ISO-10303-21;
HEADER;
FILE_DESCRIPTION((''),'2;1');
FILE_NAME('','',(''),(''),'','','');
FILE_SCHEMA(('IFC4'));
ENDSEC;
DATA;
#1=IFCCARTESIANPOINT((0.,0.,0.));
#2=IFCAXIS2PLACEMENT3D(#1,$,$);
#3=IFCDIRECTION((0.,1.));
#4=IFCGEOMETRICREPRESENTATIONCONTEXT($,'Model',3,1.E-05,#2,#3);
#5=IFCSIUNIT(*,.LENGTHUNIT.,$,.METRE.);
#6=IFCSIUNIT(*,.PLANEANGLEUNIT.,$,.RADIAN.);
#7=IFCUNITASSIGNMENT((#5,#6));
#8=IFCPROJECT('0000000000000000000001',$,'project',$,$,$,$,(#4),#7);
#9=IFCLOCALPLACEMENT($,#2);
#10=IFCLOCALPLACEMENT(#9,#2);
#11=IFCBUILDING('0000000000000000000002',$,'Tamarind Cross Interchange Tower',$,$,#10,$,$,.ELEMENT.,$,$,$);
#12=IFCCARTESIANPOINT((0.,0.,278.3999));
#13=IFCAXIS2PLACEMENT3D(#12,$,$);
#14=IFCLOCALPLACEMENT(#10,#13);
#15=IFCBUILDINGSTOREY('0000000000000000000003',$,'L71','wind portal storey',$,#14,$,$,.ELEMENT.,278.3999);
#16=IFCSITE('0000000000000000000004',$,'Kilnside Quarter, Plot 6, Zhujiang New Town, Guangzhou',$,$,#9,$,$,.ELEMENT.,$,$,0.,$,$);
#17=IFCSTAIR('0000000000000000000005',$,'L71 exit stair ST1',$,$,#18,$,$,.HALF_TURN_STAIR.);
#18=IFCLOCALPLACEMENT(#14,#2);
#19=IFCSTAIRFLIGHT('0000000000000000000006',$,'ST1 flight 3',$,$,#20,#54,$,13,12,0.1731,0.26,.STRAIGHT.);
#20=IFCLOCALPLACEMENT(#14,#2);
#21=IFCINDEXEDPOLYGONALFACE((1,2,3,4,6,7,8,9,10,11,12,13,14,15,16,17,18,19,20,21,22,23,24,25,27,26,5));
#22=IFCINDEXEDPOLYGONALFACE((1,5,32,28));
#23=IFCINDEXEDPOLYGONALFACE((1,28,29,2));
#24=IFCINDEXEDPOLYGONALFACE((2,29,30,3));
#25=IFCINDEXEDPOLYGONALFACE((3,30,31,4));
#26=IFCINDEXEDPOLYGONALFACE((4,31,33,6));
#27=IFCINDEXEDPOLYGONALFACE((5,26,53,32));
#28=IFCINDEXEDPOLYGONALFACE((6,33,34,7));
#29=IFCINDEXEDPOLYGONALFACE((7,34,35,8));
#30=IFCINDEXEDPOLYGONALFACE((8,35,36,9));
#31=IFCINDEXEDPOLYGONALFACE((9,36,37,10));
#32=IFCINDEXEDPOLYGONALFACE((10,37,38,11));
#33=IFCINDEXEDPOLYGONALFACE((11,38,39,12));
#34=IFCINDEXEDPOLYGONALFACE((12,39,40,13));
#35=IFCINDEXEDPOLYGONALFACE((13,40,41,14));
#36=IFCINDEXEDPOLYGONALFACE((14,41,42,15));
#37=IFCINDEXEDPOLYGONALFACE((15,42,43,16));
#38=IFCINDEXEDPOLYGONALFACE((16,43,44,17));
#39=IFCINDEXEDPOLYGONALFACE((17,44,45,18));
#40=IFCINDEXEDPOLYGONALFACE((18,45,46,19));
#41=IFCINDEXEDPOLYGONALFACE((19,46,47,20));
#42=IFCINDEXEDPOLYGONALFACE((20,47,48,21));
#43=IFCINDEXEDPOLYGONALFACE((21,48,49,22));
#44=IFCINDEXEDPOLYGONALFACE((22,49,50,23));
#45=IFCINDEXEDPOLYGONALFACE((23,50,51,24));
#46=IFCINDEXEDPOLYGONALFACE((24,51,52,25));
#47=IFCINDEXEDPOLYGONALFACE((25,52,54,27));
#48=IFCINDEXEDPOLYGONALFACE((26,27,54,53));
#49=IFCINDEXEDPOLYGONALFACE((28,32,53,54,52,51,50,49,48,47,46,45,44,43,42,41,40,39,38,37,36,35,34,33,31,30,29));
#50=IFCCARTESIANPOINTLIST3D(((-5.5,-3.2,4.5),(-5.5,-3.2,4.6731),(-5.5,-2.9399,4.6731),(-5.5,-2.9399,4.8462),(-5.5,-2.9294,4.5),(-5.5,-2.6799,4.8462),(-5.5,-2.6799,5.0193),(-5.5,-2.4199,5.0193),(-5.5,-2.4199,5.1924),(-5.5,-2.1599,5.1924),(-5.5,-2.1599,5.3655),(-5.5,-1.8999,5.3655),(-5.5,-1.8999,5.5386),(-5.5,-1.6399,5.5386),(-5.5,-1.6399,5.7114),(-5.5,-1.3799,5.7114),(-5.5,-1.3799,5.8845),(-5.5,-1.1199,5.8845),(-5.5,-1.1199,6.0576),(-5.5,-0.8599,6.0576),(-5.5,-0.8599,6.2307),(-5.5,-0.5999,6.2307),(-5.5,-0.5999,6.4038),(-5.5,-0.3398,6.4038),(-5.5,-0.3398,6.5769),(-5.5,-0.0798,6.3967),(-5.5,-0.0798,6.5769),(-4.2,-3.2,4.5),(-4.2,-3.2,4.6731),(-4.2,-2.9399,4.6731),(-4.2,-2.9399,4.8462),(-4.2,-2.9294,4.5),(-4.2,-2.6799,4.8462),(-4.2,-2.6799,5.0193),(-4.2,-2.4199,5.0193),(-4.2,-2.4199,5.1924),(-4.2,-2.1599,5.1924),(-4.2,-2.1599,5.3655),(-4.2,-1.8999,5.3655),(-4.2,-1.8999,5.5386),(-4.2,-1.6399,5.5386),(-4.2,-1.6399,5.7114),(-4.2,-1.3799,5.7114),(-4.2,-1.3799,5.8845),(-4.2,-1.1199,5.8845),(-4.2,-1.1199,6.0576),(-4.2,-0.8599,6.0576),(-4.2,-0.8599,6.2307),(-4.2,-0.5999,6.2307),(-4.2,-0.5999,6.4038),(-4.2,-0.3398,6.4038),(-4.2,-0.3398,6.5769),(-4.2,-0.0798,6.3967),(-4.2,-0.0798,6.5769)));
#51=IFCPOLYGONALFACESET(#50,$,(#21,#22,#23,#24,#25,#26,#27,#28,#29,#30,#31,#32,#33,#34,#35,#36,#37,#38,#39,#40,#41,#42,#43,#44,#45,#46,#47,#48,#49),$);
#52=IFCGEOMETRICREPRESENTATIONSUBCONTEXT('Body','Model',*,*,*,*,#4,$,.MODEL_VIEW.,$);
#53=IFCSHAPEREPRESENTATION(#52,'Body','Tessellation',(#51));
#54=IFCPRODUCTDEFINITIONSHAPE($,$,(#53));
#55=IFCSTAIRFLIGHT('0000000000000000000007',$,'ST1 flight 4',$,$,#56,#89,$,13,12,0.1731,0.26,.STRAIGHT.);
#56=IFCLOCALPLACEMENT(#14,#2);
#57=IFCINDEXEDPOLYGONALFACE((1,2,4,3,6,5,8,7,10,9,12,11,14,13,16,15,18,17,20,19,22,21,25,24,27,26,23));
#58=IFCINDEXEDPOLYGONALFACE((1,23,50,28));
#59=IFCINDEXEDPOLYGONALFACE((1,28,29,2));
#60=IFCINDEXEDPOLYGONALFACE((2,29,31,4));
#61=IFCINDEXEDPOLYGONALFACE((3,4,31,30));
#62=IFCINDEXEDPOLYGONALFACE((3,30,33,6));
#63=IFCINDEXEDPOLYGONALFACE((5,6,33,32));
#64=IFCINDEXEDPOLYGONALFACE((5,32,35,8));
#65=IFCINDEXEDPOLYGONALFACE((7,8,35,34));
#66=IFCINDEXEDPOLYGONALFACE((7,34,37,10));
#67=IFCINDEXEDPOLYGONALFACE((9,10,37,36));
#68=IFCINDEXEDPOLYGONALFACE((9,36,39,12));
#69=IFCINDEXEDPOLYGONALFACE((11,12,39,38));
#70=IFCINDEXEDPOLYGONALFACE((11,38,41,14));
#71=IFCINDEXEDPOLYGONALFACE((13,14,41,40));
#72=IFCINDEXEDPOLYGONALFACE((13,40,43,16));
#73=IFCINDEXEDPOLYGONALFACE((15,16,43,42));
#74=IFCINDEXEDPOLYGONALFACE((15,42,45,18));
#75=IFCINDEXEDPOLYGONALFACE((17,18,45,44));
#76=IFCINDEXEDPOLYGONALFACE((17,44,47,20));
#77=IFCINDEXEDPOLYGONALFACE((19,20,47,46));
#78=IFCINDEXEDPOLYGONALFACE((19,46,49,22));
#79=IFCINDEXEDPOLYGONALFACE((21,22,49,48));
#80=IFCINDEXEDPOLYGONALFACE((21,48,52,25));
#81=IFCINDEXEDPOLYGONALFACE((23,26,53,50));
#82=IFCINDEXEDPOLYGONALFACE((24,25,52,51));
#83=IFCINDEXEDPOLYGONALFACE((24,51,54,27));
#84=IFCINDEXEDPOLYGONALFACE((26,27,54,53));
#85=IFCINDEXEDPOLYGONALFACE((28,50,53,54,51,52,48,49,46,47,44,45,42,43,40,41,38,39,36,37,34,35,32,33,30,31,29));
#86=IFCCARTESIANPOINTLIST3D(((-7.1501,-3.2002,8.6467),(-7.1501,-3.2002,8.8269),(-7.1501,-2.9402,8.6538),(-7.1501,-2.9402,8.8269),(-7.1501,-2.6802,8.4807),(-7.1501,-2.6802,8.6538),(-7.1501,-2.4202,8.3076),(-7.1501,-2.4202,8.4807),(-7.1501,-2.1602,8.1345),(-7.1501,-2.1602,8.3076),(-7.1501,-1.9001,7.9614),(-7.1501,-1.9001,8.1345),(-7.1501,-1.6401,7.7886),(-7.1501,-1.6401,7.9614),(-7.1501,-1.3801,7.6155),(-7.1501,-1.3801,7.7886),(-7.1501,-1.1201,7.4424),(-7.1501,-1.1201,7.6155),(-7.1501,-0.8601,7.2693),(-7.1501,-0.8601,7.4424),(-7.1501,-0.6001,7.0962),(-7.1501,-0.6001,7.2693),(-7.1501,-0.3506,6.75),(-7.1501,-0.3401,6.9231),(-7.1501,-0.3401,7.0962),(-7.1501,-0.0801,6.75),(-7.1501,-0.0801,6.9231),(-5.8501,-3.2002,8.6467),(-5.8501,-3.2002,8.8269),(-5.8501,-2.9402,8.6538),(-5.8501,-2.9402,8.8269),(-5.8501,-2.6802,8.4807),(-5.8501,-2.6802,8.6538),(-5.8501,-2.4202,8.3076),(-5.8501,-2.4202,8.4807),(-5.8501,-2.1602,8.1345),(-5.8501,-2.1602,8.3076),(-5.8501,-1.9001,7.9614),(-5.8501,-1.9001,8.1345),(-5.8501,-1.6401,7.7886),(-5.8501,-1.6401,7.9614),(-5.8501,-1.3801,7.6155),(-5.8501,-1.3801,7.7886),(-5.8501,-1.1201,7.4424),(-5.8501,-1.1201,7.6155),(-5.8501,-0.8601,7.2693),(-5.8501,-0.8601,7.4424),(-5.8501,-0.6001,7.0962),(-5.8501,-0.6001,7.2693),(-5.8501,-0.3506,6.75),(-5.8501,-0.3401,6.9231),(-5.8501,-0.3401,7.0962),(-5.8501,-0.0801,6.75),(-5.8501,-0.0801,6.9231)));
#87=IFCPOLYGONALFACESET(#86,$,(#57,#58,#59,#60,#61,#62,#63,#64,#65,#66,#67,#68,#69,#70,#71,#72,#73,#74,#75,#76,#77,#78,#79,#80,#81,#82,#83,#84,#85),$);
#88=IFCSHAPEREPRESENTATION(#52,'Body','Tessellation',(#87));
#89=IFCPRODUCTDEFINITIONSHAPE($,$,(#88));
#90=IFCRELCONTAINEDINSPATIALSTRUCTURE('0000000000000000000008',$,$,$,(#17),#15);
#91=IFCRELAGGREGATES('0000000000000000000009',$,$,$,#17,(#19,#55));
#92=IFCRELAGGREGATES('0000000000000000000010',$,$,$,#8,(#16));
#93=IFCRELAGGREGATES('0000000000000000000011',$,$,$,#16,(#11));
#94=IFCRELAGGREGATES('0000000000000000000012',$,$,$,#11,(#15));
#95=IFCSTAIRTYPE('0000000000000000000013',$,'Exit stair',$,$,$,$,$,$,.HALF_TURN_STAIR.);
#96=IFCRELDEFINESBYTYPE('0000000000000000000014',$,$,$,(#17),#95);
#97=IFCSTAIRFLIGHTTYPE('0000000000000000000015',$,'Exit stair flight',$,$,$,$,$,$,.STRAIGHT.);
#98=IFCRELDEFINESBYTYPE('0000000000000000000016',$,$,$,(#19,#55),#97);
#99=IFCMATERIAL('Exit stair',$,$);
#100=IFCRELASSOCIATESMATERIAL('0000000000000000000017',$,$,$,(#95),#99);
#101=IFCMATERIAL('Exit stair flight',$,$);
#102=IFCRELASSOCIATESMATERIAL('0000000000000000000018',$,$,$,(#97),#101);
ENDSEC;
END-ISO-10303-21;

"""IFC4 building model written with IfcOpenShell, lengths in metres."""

from ifc_helpers import new_model, si_unit, direction, frame, origin, place, context, subcontext, project, spatial, polyline, outline, extrude, material, type_object, element, aggregate, save


model = new_model("IFC4")

# Units and contexts
model_context = context("Model", 3, precision=1e-05, world=origin(), true_north=direction((0.0, 1.0)))
body_context = subcontext(model_context, "Body", "Model", "MODEL_VIEW")
ifc_project = project(units=[si_unit("LENGTHUNIT", "METRE"), si_unit("PLANEANGLEUNIT", "RADIAN")], contexts=[model_context])

# Site, building, storey
site_placement = place(None, origin())
site = spatial("IfcSite", under=ifc_project, at=site_placement, Name="Kilnside Quarter, Plot 6, Zhujiang New Town, Guangzhou", CompositionType="ELEMENT", RefElevation=0.0)
building_placement = place(site_placement, origin())
building = spatial("IfcBuilding", under=site, at=building_placement, Name="Tamarind Cross Interchange Tower", CompositionType="ELEMENT")
storey_placement = place(building_placement, frame((0.0, 0.0, 278.3999)))
storey = spatial("IfcBuildingStorey", under=building, at=storey_placement, Name="L71", Description="wind portal storey", CompositionType="ELEMENT", Elevation=278.3999)

# Stair, stair flights
ifc_material_1 = material(Name="Exit stair")
stair_type = type_object("IfcStairType", Name="Exit stair", PredefinedType="HALF_TURN_STAIR", material=ifc_material_1)
stair_placement = place(storey_placement, origin())
stair = element("IfcStair", 1, at=stair_placement, inside=storey, type_object=stair_type, Name="L71 exit stair ST1", PredefinedType="HALF_TURN_STAIR")
ifc_material_2 = material(Name="Exit stair flight")
stair_flight_type = type_object("IfcStairFlightType", Name="Exit stair flight", PredefinedType="STRAIGHT", material=ifc_material_2)
stair_flight_1_placement = place(storey_placement, frame((-4.8501, -3.2, 4.5), z_axis=(0.0, 0.0, 1.0), x_axis=(0.0, 1.0, 0.0)))
stair_flight_1 = element("IfcStairFlight", 2, at=stair_flight_1_placement, type_object=stair_flight_type, Name="ST1 flight 3", NumberOfRisers=13, NumberOfTreads=12, PredefinedType="STRAIGHT", RiserHeight=0.1731, TreadLength=0.26, context=body_context, shape_type="SweptSolid", body=[
    extrude(outline(polyline([(0.0, 0.0), (0.0, 0.1731), (0.26, 0.1731), (0.26, 0.3462), (0.52, 0.3462), (0.52, 0.5193), (0.78, 0.5193), (0.78, 0.6924), (1.04, 0.6924), (1.04, 0.8655), (1.3, 0.8655), (1.3, 1.0386), (1.5601, 1.0386), (1.5601, 1.2114), (1.8201, 1.2114), (1.8201, 1.3845), (2.0801, 1.3845), (2.0801, 1.5576), (2.3401, 1.5576), (2.3401, 1.7307), (2.6001, 1.7307), (2.6001, 1.9038), (2.8601, 1.9038), (2.8601, 2.0769), (3.1201, 2.0769), (3.1201, 2.25), (3.1201, 1.8967), (0.2705, 0.0), (0.0, 0.0)])), frame((0.0, 0.6499, 0.0), z_axis=(0.0, -1.0, 0.0), x_axis=(1.0, 0.0, 0.0)), (0.0, 0.0, 1.0), 1.3),
])
stair_flight_2_placement = place(storey_placement, frame((-6.5, -0.0801, 6.75), z_axis=(0.0, 0.0, 1.0), x_axis=(0.0, -1.0, 0.0)))
stair_flight_2 = element("IfcStairFlight", 3, at=stair_flight_2_placement, type_object=stair_flight_type, Name="ST1 flight 4", NumberOfRisers=13, NumberOfTreads=12, PredefinedType="STRAIGHT", RiserHeight=0.1731, TreadLength=0.26, context=body_context, shape_type="SweptSolid", body=[
    extrude(outline(polyline([(0.0, 0.0), (0.0, 0.1731), (0.26, 0.1731), (0.26, 0.3462), (0.52, 0.3462), (0.52, 0.5193), (0.78, 0.5193), (0.78, 0.6924), (1.04, 0.6924), (1.04, 0.8655), (1.3, 0.8655), (1.3, 1.0386), (1.5601, 1.0386), (1.5601, 1.2114), (1.8201, 1.2114), (1.8201, 1.3845), (2.0801, 1.3845), (2.0801, 1.5576), (2.3401, 1.5576), (2.3401, 1.7307), (2.6001, 1.7307), (2.6001, 1.9038), (2.8601, 1.9038), (2.8601, 2.0769), (3.1201, 2.0769), (3.1201, 2.25), (3.1201, 1.8967), (0.2705, 0.0), (0.0, 0.0)])), frame((0.0, 0.6499, 0.0), z_axis=(0.0, -1.0, 0.0), x_axis=(1.0, 0.0, 0.0)), (0.0, 0.0, 1.0), 1.3),
])
aggregate(stair, [stair_flight_1, stair_flight_2])

save(model, "model.ifc")
